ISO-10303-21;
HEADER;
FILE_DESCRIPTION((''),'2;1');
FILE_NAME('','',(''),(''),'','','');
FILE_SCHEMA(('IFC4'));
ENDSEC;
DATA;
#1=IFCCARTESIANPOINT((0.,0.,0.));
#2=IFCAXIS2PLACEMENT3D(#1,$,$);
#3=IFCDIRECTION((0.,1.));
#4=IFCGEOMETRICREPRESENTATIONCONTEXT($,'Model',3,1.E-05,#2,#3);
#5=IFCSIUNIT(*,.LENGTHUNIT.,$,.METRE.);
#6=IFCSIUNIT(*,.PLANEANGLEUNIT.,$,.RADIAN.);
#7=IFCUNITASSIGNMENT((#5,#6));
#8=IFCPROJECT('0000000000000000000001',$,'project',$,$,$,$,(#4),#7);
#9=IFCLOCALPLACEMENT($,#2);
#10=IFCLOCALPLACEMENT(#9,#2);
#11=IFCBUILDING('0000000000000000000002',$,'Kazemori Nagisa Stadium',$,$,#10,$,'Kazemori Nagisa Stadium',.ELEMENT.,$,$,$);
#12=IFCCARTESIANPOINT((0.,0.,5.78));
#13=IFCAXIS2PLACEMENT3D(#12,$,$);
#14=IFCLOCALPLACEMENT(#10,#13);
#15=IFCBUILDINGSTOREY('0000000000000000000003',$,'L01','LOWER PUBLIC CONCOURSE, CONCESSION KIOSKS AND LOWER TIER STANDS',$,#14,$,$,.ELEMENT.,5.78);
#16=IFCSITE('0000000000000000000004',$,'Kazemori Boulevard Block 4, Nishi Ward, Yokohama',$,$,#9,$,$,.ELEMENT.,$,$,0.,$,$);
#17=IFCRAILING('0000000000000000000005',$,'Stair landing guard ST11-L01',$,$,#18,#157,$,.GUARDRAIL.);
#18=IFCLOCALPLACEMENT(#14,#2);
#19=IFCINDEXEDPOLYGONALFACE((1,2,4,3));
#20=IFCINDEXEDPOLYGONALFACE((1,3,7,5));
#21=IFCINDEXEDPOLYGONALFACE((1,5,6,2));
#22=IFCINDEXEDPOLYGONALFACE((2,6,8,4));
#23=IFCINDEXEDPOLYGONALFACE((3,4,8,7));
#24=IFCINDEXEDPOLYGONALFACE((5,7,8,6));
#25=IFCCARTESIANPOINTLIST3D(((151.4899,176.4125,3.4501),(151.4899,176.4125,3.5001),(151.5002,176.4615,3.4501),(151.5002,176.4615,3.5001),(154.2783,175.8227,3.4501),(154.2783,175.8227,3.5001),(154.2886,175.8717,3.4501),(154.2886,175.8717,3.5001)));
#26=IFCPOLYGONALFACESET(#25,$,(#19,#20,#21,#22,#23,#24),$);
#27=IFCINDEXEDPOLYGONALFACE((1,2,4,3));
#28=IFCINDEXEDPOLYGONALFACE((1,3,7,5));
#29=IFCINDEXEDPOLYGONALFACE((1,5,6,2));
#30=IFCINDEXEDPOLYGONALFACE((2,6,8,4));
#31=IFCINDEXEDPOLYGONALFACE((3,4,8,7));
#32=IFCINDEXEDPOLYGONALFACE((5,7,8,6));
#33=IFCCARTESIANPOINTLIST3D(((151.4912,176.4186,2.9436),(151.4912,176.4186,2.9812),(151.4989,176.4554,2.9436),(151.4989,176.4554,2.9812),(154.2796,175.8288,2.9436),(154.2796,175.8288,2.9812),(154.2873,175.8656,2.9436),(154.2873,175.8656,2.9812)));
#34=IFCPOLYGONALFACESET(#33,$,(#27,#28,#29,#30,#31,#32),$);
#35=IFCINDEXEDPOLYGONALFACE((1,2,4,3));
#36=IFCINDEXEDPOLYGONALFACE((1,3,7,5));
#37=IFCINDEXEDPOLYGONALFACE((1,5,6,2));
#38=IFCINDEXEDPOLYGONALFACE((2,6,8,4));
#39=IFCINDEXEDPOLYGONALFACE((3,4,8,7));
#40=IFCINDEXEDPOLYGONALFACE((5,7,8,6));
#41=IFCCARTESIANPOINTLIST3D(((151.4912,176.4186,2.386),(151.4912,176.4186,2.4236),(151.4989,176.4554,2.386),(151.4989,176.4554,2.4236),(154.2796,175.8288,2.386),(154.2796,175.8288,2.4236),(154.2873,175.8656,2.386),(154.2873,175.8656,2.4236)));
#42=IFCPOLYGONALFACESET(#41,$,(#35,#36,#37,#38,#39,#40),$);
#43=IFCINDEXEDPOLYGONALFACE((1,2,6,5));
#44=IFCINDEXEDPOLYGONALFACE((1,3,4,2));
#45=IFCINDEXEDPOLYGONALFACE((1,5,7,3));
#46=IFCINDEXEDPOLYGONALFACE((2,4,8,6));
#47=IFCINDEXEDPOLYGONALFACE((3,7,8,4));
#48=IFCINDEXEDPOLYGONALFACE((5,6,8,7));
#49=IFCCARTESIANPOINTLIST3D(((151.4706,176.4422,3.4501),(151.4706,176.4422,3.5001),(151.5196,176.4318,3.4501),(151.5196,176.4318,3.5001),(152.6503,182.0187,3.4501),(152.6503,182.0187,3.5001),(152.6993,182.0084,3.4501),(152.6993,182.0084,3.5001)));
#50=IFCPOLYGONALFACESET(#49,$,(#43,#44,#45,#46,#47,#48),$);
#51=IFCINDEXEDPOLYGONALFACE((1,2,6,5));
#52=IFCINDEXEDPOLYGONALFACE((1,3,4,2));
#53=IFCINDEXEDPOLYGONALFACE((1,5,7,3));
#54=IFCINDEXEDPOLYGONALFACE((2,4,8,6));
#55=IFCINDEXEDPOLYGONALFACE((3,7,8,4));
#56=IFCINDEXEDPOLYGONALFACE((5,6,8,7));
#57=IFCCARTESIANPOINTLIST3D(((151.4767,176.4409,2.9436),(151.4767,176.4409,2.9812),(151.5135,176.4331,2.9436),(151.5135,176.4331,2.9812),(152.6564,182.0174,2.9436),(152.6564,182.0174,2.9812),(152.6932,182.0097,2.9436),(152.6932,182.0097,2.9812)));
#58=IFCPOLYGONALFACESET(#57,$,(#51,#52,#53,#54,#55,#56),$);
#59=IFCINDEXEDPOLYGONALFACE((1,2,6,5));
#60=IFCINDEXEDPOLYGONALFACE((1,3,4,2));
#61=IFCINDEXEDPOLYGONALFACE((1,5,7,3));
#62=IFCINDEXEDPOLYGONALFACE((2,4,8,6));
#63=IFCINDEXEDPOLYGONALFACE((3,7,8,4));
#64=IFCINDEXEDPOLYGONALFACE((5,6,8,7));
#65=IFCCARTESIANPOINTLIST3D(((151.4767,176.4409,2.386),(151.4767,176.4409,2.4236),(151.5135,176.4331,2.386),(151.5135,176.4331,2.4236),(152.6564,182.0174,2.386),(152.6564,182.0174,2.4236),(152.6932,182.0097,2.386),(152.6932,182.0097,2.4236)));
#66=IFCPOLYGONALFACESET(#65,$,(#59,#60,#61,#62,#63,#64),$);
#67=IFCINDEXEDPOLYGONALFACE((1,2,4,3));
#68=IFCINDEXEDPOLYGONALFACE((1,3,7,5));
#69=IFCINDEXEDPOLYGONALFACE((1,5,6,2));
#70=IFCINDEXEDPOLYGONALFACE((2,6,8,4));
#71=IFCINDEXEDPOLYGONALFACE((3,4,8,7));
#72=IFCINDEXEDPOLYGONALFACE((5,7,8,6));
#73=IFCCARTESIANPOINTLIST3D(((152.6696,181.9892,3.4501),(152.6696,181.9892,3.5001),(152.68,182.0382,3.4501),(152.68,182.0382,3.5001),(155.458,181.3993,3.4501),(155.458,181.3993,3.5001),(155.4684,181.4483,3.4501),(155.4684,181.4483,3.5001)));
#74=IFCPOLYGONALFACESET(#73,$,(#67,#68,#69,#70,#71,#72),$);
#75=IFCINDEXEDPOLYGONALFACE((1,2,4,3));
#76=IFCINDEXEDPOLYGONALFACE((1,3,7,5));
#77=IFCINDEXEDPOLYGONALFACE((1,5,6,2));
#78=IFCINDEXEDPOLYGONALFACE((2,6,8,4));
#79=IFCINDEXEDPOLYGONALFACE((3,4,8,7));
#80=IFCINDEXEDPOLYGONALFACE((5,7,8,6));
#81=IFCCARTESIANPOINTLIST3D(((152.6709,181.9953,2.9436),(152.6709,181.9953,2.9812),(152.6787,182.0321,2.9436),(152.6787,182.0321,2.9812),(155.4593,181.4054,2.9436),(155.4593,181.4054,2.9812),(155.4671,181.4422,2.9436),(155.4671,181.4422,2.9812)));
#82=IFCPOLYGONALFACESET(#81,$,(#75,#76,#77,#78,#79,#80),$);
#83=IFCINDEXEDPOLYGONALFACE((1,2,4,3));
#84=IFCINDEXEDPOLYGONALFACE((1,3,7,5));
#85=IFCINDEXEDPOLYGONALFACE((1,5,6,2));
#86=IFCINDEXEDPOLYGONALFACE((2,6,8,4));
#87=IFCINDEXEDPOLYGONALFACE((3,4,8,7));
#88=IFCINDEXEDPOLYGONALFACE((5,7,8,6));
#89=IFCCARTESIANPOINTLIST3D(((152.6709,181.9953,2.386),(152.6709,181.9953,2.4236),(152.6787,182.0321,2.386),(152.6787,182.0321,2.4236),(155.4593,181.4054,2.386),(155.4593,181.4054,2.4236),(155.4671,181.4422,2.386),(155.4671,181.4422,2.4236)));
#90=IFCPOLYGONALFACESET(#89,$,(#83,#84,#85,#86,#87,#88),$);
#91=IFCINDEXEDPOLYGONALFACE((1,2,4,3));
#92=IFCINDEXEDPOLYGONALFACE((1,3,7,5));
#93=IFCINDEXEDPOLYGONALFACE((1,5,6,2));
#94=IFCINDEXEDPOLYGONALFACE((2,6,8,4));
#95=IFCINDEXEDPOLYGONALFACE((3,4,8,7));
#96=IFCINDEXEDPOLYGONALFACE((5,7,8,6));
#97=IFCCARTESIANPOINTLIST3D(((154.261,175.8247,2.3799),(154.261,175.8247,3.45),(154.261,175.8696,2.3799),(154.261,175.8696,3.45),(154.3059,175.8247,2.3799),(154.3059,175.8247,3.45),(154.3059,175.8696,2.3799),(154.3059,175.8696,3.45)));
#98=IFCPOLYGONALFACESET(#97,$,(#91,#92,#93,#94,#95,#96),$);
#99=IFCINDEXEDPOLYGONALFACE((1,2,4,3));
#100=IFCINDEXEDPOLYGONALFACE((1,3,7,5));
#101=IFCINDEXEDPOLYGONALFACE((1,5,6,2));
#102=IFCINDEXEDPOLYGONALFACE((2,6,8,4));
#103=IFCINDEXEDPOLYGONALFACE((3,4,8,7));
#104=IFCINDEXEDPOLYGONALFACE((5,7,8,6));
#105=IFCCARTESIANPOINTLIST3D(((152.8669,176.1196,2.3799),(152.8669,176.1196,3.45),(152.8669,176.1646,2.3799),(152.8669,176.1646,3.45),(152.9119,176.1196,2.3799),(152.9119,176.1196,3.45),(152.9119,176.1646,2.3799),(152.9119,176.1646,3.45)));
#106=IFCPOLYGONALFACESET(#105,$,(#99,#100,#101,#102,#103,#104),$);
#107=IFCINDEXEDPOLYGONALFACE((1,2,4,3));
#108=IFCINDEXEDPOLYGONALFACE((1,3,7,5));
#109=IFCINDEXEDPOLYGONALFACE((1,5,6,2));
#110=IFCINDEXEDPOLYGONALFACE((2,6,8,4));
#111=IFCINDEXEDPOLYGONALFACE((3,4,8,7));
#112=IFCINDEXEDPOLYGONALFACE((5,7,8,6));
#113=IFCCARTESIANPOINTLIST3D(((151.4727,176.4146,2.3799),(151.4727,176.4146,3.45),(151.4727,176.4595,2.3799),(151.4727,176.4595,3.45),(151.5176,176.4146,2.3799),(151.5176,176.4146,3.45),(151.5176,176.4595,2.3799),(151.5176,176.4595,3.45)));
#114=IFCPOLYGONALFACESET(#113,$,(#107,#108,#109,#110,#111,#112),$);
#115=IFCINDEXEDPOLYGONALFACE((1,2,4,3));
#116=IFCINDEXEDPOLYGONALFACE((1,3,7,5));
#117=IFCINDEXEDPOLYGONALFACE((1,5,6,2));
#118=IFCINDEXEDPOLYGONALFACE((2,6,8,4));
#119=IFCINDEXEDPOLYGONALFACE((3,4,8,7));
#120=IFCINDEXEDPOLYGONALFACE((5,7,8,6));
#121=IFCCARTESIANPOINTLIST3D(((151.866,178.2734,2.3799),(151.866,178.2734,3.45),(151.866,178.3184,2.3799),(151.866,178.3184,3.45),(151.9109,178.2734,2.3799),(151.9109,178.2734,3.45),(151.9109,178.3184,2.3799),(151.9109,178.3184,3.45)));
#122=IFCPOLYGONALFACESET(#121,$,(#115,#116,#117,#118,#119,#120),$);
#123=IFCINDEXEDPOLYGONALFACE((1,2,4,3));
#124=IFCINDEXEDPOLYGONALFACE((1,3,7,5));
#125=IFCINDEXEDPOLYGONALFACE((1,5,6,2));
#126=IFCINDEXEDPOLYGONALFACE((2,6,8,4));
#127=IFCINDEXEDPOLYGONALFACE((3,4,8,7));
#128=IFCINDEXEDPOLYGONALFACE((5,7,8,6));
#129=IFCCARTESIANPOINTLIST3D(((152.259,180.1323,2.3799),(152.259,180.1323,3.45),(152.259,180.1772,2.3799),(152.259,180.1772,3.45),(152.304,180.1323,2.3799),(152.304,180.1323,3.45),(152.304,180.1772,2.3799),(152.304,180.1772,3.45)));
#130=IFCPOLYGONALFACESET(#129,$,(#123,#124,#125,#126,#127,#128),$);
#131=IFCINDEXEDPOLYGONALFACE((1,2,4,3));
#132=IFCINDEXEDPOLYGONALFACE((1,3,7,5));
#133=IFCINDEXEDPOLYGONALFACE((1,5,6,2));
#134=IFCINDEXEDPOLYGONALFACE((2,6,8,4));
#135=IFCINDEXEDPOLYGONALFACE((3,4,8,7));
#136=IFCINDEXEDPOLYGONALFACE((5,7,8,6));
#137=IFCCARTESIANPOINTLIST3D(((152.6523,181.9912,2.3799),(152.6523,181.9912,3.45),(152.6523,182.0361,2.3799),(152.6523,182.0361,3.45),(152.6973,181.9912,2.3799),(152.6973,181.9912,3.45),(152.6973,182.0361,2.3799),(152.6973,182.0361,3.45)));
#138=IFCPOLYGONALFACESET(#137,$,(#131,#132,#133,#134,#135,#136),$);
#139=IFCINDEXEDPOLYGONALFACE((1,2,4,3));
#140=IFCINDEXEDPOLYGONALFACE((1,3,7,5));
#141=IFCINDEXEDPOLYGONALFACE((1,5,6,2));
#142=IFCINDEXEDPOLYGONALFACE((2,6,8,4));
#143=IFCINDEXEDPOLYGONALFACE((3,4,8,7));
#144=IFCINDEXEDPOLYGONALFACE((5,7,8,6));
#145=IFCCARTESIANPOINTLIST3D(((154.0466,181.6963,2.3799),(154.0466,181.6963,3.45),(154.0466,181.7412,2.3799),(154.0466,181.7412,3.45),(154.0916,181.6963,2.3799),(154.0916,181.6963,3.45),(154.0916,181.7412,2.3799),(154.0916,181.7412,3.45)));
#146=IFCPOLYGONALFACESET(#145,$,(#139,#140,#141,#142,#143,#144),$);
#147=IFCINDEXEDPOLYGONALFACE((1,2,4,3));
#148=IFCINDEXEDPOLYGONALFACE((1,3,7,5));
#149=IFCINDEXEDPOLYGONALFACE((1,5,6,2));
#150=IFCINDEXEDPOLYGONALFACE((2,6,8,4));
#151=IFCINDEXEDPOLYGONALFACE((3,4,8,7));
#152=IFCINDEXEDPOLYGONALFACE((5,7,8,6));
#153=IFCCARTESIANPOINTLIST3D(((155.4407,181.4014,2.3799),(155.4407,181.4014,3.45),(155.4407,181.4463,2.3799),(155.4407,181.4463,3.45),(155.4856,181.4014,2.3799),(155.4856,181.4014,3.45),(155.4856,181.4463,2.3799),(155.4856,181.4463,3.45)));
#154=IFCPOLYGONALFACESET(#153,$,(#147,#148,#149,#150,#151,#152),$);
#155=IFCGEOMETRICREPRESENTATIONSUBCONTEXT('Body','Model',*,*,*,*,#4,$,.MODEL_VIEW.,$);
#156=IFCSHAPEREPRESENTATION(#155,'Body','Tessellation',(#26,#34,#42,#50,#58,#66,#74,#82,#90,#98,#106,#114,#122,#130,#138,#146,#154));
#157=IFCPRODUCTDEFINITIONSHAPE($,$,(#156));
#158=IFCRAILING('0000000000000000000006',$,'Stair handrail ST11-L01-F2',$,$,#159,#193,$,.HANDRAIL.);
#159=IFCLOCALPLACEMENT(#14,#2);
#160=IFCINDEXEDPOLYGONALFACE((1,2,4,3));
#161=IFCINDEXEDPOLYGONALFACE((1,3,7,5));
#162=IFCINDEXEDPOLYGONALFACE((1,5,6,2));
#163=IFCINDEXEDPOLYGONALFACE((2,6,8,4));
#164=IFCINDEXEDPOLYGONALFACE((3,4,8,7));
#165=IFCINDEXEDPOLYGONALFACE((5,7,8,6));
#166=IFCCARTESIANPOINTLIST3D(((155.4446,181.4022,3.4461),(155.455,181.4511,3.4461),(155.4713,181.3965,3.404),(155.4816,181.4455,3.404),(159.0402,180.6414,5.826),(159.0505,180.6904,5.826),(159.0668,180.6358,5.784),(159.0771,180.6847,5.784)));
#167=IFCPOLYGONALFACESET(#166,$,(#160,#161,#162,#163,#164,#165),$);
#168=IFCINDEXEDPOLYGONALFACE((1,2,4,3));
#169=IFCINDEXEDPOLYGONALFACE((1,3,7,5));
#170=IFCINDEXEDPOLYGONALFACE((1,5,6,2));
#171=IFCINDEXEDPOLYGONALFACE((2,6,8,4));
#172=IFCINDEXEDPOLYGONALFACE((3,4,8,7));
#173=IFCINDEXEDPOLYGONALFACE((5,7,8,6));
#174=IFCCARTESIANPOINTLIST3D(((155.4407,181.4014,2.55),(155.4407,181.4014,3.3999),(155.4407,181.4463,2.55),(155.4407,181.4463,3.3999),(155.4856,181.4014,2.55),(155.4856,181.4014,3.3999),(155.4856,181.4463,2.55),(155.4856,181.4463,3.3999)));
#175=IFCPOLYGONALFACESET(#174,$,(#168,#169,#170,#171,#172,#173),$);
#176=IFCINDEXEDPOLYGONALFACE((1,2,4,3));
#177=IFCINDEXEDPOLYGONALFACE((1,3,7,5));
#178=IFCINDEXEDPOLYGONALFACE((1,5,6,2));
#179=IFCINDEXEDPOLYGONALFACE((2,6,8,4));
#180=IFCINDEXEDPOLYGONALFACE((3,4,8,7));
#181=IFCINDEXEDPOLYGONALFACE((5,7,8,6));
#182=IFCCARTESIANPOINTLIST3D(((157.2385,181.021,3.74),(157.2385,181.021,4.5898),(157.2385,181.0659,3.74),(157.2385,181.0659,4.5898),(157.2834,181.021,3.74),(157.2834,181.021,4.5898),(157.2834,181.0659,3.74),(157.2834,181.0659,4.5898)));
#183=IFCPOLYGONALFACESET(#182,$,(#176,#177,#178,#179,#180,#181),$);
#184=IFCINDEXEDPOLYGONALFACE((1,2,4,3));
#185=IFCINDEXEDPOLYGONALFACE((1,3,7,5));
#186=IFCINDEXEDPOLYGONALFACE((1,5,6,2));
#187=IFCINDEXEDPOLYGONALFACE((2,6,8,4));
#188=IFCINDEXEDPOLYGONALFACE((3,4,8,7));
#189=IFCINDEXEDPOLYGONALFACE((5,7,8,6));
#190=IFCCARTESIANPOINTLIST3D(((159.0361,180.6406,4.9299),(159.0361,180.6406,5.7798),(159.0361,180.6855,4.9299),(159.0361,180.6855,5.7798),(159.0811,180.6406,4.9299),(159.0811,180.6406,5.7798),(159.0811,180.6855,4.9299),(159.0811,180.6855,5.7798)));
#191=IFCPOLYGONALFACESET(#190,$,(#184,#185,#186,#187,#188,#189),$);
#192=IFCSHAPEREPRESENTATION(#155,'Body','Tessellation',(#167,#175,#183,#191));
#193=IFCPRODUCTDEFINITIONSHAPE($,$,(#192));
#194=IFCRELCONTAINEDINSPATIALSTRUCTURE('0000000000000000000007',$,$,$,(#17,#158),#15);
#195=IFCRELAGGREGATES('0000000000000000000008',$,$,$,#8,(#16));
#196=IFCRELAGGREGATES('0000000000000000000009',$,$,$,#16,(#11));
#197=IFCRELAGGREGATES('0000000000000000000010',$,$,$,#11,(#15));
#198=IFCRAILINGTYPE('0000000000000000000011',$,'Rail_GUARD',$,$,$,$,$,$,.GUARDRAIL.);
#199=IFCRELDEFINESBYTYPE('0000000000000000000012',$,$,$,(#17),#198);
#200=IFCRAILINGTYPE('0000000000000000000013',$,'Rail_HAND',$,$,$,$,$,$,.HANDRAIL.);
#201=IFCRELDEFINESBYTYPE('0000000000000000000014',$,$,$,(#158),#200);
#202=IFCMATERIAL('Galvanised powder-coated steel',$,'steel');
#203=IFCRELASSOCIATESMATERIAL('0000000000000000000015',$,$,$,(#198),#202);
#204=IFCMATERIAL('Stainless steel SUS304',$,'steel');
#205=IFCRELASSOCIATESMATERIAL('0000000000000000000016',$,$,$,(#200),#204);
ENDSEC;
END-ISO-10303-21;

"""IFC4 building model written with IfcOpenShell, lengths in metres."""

from ifc_helpers import new_model, si_unit, direction, frame, origin, origin_2d, place, context, subcontext, project, spatial, rectangle, extrude, material, type_object, element, save


model = new_model("IFC4")

# Units and contexts
model_context = context("Model", 3, precision=1e-05, world=origin(), true_north=direction((0.0, 1.0)))
body_context = subcontext(model_context, "Body", "Model", "MODEL_VIEW")
ifc_project = project(units=[si_unit("LENGTHUNIT", "METRE"), si_unit("PLANEANGLEUNIT", "RADIAN")], contexts=[model_context])

# Site, building, storey
site_placement = place(None, origin())
site = spatial("IfcSite", under=ifc_project, at=site_placement, Name="Kazemori Boulevard Block 4, Nishi Ward, Yokohama", CompositionType="ELEMENT", RefElevation=0.0)
building_placement = place(site_placement, origin())
building = spatial("IfcBuilding", under=site, at=building_placement, Name="Kazemori Nagisa Stadium", LongName="Kazemori Nagisa Stadium", CompositionType="ELEMENT")
storey_placement = place(building_placement, frame((0.0, 0.0, 5.78)))
storey = spatial("IfcBuildingStorey", under=building, at=storey_placement, Name="L01", Description="LOWER PUBLIC CONCOURSE, CONCESSION KIOSKS AND LOWER TIER STANDS", CompositionType="ELEMENT", Elevation=5.78)

# Shared definitions
ifc_material_1 = material(Name="Stainless steel SUS304", Category="steel")

# Railings
ifc_material_2 = material(Name="Galvanised powder-coated steel", Category="steel")
railing_type_1 = type_object("IfcRailingType", Name="Rail_GUARD", PredefinedType="GUARDRAIL", material=ifc_material_2)
railing_1_placement = place(storey_placement, frame((154.2834, 175.8472, 2.3799)))
element("IfcRailing", 1, at=railing_1_placement, inside=storey, type_object=railing_type_1, Name="Stair landing guard ST11-L01", PredefinedType="GUARDRAIL", context=body_context, shape_type="SweptSolid", body=[
    extrude(rectangle(XDim=0.05, YDim=0.05, at=origin_2d()), frame((0.0, 0.0, 1.0952), z_axis=(-0.978349, 0.20696, 0.0), x_axis=(-0.20696, -0.978349, 0.0)), (0.0, 0.0, 1.0), 2.8501),
    extrude(rectangle(XDim=0.0376, YDim=0.0376, at=origin_2d()), frame((0.0, 0.0, 0.5825), z_axis=(-0.978349, 0.20696, 0.0), x_axis=(-0.20696, -0.978349, 0.0)), (0.0, 0.0, 1.0), 2.8501),
    extrude(rectangle(XDim=0.0376, YDim=0.0376, at=origin_2d()), frame((0.0, 0.0, 0.0249), z_axis=(-0.978349, 0.20696, 0.0), x_axis=(-0.20696, -0.978349, 0.0)), (0.0, 0.0, 1.0), 2.8501),
    extrude(rectangle(XDim=0.05, YDim=0.05, at=origin_2d()), frame((-2.7883, 0.5898, 1.0952), z_axis=(0.20696, 0.978349, 0.0), x_axis=(-0.978349, 0.20696, 0.0)), (0.0, 0.0, 1.0), 5.7),
    extrude(rectangle(XDim=0.0376, YDim=0.0376, at=origin_2d()), frame((-2.7883, 0.5898, 0.5825), z_axis=(0.20696, 0.978349, 0.0), x_axis=(-0.978349, 0.20696, 0.0)), (0.0, 0.0, 1.0), 5.7),
    extrude(rectangle(XDim=0.0376, YDim=0.0376, at=origin_2d()), frame((-2.7883, 0.5898, 0.0249), z_axis=(0.20696, 0.978349, 0.0), x_axis=(-0.978349, 0.20696, 0.0)), (0.0, 0.0, 1.0), 5.7),
    extrude(rectangle(XDim=0.05, YDim=0.05, at=origin_2d()), frame((-1.6086, 6.1665, 1.0952), z_axis=(0.978349, -0.20696, 0.0), x_axis=(0.20696, 0.978349, 0.0)), (0.0, 0.0, 1.0), 2.8501),
    extrude(rectangle(XDim=0.0376, YDim=0.0376, at=origin_2d()), frame((-1.6086, 6.1665, 0.5825), z_axis=(0.978349, -0.20696, 0.0), x_axis=(0.20696, 0.978349, 0.0)), (0.0, 0.0, 1.0), 2.8501),
    extrude(rectangle(XDim=0.0376, YDim=0.0376, at=origin_2d()), frame((-1.6086, 6.1665, 0.0249), z_axis=(0.978349, -0.20696, 0.0), x_axis=(0.20696, 0.978349, 0.0)), (0.0, 0.0, 1.0), 2.8501),
    extrude(rectangle(XDim=0.0449, YDim=0.0449, at=origin_2d()), origin(), (0.0, 0.0, 1.0), 1.0701),
    extrude(rectangle(XDim=0.0449, YDim=0.0449, at=origin_2d()), frame((-1.394, 0.2949, 0.0)), (0.0, 0.0, 1.0), 1.0701),
    extrude(rectangle(XDim=0.0449, YDim=0.0449, at=origin_2d()), frame((-2.7883, 0.5898, 0.0)), (0.0, 0.0, 1.0), 1.0701),
    extrude(rectangle(XDim=0.0449, YDim=0.0449, at=origin_2d()), frame((-2.395, 2.4487, 0.0)), (0.0, 0.0, 1.0), 1.0701),
    extrude(rectangle(XDim=0.0449, YDim=0.0449, at=origin_2d()), frame((-2.002, 4.3076, 0.0)), (0.0, 0.0, 1.0), 1.0701),
    extrude(rectangle(XDim=0.0449, YDim=0.0449, at=origin_2d()), frame((-1.6086, 6.1665, 0.0)), (0.0, 0.0, 1.0), 1.0701),
    extrude(rectangle(XDim=0.0449, YDim=0.0449, at=origin_2d()), frame((-0.2144, 5.8716, 0.0)), (0.0, 0.0, 1.0), 1.0701),
    extrude(rectangle(XDim=0.0449, YDim=0.0449, at=origin_2d()), frame((1.1797, 5.5767, 0.0)), (0.0, 0.0, 1.0), 1.0701),
])
railing_type_2 = type_object("IfcRailingType", Name="Rail_HAND", PredefinedType="HANDRAIL", material=ifc_material_1)
railing_2_placement = place(storey_placement, frame((155.4631, 181.4238, 2.55)))
element("IfcRailing", 2, at=railing_2_placement, inside=storey, type_object=railing_type_2, Name="Stair handrail ST11-L01-F2", PredefinedType="HANDRAIL", context=body_context, shape_type="SweptSolid", body=[
    extrude(rectangle(XDim=0.05, YDim=0.05, at=origin_2d()), frame((0.0, 0.0, 0.875), z_axis=(0.821192, -0.173751, 0.543558), x_axis=(0.207001, 0.978341, 0.0)), (0.0, 0.0, 1.0), 4.3784),
    extrude(rectangle(XDim=0.0449, YDim=0.0449, at=origin_2d()), origin(), (0.0, 0.0, 1.0), 0.8499),
    extrude(rectangle(XDim=0.0449, YDim=0.0449, at=origin_2d()), frame((1.7979, -0.3804, 1.1899)), (0.0, 0.0, 1.0), 0.8499),
    extrude(rectangle(XDim=0.0449, YDim=0.0449, at=origin_2d()), frame((3.5955, -0.7607, 2.3799)), (0.0, 0.0, 1.0), 0.8499),
])

save(model, "model.ifc")
